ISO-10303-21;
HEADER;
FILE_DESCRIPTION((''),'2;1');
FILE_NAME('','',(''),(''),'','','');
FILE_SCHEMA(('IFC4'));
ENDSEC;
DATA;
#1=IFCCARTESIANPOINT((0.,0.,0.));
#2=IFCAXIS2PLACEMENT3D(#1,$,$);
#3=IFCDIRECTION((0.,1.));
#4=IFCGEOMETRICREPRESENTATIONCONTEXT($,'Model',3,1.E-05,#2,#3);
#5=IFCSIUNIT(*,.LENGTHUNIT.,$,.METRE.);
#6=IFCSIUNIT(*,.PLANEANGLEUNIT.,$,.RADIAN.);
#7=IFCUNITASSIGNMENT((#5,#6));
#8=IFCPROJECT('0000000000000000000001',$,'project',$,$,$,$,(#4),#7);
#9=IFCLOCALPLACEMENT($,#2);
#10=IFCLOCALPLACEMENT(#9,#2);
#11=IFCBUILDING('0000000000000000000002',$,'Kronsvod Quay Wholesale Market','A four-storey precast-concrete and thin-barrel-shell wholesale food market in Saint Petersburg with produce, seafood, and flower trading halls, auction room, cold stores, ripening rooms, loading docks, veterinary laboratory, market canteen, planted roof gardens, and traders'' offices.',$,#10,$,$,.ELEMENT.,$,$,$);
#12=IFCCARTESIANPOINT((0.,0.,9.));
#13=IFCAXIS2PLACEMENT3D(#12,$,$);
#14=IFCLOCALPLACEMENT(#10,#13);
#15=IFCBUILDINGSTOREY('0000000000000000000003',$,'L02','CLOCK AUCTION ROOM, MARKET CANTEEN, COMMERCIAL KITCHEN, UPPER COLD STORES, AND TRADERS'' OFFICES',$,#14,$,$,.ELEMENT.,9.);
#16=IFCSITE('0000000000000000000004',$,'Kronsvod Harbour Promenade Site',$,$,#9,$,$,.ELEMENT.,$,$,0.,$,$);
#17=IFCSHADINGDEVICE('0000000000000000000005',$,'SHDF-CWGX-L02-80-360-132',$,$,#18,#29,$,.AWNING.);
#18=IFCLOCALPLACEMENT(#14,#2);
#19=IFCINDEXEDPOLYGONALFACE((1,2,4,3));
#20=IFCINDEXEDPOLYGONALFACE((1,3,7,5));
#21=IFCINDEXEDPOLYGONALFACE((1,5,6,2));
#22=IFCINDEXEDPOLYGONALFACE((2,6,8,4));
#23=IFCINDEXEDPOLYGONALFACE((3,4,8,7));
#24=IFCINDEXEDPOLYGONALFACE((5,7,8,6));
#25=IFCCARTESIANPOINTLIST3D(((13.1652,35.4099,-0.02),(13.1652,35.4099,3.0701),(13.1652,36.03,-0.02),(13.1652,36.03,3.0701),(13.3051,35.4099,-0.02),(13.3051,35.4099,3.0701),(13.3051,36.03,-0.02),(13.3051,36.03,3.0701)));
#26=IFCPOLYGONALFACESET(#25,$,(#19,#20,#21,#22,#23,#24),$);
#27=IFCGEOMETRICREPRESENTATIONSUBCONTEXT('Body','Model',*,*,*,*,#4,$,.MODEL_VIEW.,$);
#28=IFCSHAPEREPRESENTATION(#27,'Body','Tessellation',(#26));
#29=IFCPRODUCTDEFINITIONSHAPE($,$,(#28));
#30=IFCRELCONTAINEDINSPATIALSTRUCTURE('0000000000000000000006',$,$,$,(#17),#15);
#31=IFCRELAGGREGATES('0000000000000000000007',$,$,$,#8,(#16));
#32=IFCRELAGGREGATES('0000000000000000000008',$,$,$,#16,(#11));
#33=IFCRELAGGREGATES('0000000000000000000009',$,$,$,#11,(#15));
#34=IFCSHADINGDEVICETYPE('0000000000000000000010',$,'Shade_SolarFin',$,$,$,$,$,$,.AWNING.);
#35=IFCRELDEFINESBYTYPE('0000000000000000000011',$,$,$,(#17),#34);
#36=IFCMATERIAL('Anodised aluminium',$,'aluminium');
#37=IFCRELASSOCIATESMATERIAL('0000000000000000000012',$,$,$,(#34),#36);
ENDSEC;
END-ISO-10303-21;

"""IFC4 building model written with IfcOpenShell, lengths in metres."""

from ifc_helpers import new_model, si_unit, direction, frame, origin, origin_2d, place, context, subcontext, project, spatial, rectangle, extrude, material, type_object, element, save


model = new_model("IFC4")

# Units and contexts
model_context = context("Model", 3, precision=1e-05, world=origin(), true_north=direction((0.0, 1.0)))
body_context = subcontext(model_context, "Body", "Model", "MODEL_VIEW")
ifc_project = project(units=[si_unit("LENGTHUNIT", "METRE"), si_unit("PLANEANGLEUNIT", "RADIAN")], contexts=[model_context])

# Site, building, storey
site_placement = place(None, origin())
site = spatial("IfcSite", under=ifc_project, at=site_placement, Name="Kronsvod Harbour Promenade Site", CompositionType="ELEMENT", RefElevation=0.0)
building_placement = place(site_placement, origin())
building = spatial("IfcBuilding", under=site, at=building_placement, Name="Kronsvod Quay Wholesale Market", Description="A four-storey precast-concrete and thin-barrel-shell wholesale food market in Saint Petersburg with produce, seafood, and flower trading halls, auction room, cold stores, ripening rooms, loading docks, veterinary laboratory, market canteen, planted roof gardens, and traders' offices.", CompositionType="ELEMENT")
storey_placement = place(building_placement, frame((0.0, 0.0, 9.0)))
storey = spatial("IfcBuildingStorey", under=building, at=storey_placement, Name="L02", Description="CLOCK AUCTION ROOM, MARKET CANTEEN, COMMERCIAL KITCHEN, UPPER COLD STORES, AND TRADERS' OFFICES", CompositionType="ELEMENT", Elevation=9.0)

# Shading device
ifc_material_1 = material(Name="Anodised aluminium", Category="aluminium")
shading_device_type = type_object("IfcShadingDeviceType", Name="Shade_SolarFin", PredefinedType="AWNING", material=ifc_material_1)
shading_device_placement = place(storey_placement, frame((13.2351, 35.72, -0.02), z_axis=(0.0, 0.0, 1.0), x_axis=(1.0, 0.0, 0.0)))
element("IfcShadingDevice", 1, at=shading_device_placement, inside=storey, type_object=shading_device_type, Name="SHDF-CWGX-L02-80-360-132", PredefinedType="AWNING", context=body_context, shape_type="SweptSolid", body=[
    extrude(rectangle(XDim=0.1399, YDim=0.6201, at=origin_2d()), origin(), (0.0, 0.0, 1.0), 3.0901),
])

save(model, "model.ifc")
